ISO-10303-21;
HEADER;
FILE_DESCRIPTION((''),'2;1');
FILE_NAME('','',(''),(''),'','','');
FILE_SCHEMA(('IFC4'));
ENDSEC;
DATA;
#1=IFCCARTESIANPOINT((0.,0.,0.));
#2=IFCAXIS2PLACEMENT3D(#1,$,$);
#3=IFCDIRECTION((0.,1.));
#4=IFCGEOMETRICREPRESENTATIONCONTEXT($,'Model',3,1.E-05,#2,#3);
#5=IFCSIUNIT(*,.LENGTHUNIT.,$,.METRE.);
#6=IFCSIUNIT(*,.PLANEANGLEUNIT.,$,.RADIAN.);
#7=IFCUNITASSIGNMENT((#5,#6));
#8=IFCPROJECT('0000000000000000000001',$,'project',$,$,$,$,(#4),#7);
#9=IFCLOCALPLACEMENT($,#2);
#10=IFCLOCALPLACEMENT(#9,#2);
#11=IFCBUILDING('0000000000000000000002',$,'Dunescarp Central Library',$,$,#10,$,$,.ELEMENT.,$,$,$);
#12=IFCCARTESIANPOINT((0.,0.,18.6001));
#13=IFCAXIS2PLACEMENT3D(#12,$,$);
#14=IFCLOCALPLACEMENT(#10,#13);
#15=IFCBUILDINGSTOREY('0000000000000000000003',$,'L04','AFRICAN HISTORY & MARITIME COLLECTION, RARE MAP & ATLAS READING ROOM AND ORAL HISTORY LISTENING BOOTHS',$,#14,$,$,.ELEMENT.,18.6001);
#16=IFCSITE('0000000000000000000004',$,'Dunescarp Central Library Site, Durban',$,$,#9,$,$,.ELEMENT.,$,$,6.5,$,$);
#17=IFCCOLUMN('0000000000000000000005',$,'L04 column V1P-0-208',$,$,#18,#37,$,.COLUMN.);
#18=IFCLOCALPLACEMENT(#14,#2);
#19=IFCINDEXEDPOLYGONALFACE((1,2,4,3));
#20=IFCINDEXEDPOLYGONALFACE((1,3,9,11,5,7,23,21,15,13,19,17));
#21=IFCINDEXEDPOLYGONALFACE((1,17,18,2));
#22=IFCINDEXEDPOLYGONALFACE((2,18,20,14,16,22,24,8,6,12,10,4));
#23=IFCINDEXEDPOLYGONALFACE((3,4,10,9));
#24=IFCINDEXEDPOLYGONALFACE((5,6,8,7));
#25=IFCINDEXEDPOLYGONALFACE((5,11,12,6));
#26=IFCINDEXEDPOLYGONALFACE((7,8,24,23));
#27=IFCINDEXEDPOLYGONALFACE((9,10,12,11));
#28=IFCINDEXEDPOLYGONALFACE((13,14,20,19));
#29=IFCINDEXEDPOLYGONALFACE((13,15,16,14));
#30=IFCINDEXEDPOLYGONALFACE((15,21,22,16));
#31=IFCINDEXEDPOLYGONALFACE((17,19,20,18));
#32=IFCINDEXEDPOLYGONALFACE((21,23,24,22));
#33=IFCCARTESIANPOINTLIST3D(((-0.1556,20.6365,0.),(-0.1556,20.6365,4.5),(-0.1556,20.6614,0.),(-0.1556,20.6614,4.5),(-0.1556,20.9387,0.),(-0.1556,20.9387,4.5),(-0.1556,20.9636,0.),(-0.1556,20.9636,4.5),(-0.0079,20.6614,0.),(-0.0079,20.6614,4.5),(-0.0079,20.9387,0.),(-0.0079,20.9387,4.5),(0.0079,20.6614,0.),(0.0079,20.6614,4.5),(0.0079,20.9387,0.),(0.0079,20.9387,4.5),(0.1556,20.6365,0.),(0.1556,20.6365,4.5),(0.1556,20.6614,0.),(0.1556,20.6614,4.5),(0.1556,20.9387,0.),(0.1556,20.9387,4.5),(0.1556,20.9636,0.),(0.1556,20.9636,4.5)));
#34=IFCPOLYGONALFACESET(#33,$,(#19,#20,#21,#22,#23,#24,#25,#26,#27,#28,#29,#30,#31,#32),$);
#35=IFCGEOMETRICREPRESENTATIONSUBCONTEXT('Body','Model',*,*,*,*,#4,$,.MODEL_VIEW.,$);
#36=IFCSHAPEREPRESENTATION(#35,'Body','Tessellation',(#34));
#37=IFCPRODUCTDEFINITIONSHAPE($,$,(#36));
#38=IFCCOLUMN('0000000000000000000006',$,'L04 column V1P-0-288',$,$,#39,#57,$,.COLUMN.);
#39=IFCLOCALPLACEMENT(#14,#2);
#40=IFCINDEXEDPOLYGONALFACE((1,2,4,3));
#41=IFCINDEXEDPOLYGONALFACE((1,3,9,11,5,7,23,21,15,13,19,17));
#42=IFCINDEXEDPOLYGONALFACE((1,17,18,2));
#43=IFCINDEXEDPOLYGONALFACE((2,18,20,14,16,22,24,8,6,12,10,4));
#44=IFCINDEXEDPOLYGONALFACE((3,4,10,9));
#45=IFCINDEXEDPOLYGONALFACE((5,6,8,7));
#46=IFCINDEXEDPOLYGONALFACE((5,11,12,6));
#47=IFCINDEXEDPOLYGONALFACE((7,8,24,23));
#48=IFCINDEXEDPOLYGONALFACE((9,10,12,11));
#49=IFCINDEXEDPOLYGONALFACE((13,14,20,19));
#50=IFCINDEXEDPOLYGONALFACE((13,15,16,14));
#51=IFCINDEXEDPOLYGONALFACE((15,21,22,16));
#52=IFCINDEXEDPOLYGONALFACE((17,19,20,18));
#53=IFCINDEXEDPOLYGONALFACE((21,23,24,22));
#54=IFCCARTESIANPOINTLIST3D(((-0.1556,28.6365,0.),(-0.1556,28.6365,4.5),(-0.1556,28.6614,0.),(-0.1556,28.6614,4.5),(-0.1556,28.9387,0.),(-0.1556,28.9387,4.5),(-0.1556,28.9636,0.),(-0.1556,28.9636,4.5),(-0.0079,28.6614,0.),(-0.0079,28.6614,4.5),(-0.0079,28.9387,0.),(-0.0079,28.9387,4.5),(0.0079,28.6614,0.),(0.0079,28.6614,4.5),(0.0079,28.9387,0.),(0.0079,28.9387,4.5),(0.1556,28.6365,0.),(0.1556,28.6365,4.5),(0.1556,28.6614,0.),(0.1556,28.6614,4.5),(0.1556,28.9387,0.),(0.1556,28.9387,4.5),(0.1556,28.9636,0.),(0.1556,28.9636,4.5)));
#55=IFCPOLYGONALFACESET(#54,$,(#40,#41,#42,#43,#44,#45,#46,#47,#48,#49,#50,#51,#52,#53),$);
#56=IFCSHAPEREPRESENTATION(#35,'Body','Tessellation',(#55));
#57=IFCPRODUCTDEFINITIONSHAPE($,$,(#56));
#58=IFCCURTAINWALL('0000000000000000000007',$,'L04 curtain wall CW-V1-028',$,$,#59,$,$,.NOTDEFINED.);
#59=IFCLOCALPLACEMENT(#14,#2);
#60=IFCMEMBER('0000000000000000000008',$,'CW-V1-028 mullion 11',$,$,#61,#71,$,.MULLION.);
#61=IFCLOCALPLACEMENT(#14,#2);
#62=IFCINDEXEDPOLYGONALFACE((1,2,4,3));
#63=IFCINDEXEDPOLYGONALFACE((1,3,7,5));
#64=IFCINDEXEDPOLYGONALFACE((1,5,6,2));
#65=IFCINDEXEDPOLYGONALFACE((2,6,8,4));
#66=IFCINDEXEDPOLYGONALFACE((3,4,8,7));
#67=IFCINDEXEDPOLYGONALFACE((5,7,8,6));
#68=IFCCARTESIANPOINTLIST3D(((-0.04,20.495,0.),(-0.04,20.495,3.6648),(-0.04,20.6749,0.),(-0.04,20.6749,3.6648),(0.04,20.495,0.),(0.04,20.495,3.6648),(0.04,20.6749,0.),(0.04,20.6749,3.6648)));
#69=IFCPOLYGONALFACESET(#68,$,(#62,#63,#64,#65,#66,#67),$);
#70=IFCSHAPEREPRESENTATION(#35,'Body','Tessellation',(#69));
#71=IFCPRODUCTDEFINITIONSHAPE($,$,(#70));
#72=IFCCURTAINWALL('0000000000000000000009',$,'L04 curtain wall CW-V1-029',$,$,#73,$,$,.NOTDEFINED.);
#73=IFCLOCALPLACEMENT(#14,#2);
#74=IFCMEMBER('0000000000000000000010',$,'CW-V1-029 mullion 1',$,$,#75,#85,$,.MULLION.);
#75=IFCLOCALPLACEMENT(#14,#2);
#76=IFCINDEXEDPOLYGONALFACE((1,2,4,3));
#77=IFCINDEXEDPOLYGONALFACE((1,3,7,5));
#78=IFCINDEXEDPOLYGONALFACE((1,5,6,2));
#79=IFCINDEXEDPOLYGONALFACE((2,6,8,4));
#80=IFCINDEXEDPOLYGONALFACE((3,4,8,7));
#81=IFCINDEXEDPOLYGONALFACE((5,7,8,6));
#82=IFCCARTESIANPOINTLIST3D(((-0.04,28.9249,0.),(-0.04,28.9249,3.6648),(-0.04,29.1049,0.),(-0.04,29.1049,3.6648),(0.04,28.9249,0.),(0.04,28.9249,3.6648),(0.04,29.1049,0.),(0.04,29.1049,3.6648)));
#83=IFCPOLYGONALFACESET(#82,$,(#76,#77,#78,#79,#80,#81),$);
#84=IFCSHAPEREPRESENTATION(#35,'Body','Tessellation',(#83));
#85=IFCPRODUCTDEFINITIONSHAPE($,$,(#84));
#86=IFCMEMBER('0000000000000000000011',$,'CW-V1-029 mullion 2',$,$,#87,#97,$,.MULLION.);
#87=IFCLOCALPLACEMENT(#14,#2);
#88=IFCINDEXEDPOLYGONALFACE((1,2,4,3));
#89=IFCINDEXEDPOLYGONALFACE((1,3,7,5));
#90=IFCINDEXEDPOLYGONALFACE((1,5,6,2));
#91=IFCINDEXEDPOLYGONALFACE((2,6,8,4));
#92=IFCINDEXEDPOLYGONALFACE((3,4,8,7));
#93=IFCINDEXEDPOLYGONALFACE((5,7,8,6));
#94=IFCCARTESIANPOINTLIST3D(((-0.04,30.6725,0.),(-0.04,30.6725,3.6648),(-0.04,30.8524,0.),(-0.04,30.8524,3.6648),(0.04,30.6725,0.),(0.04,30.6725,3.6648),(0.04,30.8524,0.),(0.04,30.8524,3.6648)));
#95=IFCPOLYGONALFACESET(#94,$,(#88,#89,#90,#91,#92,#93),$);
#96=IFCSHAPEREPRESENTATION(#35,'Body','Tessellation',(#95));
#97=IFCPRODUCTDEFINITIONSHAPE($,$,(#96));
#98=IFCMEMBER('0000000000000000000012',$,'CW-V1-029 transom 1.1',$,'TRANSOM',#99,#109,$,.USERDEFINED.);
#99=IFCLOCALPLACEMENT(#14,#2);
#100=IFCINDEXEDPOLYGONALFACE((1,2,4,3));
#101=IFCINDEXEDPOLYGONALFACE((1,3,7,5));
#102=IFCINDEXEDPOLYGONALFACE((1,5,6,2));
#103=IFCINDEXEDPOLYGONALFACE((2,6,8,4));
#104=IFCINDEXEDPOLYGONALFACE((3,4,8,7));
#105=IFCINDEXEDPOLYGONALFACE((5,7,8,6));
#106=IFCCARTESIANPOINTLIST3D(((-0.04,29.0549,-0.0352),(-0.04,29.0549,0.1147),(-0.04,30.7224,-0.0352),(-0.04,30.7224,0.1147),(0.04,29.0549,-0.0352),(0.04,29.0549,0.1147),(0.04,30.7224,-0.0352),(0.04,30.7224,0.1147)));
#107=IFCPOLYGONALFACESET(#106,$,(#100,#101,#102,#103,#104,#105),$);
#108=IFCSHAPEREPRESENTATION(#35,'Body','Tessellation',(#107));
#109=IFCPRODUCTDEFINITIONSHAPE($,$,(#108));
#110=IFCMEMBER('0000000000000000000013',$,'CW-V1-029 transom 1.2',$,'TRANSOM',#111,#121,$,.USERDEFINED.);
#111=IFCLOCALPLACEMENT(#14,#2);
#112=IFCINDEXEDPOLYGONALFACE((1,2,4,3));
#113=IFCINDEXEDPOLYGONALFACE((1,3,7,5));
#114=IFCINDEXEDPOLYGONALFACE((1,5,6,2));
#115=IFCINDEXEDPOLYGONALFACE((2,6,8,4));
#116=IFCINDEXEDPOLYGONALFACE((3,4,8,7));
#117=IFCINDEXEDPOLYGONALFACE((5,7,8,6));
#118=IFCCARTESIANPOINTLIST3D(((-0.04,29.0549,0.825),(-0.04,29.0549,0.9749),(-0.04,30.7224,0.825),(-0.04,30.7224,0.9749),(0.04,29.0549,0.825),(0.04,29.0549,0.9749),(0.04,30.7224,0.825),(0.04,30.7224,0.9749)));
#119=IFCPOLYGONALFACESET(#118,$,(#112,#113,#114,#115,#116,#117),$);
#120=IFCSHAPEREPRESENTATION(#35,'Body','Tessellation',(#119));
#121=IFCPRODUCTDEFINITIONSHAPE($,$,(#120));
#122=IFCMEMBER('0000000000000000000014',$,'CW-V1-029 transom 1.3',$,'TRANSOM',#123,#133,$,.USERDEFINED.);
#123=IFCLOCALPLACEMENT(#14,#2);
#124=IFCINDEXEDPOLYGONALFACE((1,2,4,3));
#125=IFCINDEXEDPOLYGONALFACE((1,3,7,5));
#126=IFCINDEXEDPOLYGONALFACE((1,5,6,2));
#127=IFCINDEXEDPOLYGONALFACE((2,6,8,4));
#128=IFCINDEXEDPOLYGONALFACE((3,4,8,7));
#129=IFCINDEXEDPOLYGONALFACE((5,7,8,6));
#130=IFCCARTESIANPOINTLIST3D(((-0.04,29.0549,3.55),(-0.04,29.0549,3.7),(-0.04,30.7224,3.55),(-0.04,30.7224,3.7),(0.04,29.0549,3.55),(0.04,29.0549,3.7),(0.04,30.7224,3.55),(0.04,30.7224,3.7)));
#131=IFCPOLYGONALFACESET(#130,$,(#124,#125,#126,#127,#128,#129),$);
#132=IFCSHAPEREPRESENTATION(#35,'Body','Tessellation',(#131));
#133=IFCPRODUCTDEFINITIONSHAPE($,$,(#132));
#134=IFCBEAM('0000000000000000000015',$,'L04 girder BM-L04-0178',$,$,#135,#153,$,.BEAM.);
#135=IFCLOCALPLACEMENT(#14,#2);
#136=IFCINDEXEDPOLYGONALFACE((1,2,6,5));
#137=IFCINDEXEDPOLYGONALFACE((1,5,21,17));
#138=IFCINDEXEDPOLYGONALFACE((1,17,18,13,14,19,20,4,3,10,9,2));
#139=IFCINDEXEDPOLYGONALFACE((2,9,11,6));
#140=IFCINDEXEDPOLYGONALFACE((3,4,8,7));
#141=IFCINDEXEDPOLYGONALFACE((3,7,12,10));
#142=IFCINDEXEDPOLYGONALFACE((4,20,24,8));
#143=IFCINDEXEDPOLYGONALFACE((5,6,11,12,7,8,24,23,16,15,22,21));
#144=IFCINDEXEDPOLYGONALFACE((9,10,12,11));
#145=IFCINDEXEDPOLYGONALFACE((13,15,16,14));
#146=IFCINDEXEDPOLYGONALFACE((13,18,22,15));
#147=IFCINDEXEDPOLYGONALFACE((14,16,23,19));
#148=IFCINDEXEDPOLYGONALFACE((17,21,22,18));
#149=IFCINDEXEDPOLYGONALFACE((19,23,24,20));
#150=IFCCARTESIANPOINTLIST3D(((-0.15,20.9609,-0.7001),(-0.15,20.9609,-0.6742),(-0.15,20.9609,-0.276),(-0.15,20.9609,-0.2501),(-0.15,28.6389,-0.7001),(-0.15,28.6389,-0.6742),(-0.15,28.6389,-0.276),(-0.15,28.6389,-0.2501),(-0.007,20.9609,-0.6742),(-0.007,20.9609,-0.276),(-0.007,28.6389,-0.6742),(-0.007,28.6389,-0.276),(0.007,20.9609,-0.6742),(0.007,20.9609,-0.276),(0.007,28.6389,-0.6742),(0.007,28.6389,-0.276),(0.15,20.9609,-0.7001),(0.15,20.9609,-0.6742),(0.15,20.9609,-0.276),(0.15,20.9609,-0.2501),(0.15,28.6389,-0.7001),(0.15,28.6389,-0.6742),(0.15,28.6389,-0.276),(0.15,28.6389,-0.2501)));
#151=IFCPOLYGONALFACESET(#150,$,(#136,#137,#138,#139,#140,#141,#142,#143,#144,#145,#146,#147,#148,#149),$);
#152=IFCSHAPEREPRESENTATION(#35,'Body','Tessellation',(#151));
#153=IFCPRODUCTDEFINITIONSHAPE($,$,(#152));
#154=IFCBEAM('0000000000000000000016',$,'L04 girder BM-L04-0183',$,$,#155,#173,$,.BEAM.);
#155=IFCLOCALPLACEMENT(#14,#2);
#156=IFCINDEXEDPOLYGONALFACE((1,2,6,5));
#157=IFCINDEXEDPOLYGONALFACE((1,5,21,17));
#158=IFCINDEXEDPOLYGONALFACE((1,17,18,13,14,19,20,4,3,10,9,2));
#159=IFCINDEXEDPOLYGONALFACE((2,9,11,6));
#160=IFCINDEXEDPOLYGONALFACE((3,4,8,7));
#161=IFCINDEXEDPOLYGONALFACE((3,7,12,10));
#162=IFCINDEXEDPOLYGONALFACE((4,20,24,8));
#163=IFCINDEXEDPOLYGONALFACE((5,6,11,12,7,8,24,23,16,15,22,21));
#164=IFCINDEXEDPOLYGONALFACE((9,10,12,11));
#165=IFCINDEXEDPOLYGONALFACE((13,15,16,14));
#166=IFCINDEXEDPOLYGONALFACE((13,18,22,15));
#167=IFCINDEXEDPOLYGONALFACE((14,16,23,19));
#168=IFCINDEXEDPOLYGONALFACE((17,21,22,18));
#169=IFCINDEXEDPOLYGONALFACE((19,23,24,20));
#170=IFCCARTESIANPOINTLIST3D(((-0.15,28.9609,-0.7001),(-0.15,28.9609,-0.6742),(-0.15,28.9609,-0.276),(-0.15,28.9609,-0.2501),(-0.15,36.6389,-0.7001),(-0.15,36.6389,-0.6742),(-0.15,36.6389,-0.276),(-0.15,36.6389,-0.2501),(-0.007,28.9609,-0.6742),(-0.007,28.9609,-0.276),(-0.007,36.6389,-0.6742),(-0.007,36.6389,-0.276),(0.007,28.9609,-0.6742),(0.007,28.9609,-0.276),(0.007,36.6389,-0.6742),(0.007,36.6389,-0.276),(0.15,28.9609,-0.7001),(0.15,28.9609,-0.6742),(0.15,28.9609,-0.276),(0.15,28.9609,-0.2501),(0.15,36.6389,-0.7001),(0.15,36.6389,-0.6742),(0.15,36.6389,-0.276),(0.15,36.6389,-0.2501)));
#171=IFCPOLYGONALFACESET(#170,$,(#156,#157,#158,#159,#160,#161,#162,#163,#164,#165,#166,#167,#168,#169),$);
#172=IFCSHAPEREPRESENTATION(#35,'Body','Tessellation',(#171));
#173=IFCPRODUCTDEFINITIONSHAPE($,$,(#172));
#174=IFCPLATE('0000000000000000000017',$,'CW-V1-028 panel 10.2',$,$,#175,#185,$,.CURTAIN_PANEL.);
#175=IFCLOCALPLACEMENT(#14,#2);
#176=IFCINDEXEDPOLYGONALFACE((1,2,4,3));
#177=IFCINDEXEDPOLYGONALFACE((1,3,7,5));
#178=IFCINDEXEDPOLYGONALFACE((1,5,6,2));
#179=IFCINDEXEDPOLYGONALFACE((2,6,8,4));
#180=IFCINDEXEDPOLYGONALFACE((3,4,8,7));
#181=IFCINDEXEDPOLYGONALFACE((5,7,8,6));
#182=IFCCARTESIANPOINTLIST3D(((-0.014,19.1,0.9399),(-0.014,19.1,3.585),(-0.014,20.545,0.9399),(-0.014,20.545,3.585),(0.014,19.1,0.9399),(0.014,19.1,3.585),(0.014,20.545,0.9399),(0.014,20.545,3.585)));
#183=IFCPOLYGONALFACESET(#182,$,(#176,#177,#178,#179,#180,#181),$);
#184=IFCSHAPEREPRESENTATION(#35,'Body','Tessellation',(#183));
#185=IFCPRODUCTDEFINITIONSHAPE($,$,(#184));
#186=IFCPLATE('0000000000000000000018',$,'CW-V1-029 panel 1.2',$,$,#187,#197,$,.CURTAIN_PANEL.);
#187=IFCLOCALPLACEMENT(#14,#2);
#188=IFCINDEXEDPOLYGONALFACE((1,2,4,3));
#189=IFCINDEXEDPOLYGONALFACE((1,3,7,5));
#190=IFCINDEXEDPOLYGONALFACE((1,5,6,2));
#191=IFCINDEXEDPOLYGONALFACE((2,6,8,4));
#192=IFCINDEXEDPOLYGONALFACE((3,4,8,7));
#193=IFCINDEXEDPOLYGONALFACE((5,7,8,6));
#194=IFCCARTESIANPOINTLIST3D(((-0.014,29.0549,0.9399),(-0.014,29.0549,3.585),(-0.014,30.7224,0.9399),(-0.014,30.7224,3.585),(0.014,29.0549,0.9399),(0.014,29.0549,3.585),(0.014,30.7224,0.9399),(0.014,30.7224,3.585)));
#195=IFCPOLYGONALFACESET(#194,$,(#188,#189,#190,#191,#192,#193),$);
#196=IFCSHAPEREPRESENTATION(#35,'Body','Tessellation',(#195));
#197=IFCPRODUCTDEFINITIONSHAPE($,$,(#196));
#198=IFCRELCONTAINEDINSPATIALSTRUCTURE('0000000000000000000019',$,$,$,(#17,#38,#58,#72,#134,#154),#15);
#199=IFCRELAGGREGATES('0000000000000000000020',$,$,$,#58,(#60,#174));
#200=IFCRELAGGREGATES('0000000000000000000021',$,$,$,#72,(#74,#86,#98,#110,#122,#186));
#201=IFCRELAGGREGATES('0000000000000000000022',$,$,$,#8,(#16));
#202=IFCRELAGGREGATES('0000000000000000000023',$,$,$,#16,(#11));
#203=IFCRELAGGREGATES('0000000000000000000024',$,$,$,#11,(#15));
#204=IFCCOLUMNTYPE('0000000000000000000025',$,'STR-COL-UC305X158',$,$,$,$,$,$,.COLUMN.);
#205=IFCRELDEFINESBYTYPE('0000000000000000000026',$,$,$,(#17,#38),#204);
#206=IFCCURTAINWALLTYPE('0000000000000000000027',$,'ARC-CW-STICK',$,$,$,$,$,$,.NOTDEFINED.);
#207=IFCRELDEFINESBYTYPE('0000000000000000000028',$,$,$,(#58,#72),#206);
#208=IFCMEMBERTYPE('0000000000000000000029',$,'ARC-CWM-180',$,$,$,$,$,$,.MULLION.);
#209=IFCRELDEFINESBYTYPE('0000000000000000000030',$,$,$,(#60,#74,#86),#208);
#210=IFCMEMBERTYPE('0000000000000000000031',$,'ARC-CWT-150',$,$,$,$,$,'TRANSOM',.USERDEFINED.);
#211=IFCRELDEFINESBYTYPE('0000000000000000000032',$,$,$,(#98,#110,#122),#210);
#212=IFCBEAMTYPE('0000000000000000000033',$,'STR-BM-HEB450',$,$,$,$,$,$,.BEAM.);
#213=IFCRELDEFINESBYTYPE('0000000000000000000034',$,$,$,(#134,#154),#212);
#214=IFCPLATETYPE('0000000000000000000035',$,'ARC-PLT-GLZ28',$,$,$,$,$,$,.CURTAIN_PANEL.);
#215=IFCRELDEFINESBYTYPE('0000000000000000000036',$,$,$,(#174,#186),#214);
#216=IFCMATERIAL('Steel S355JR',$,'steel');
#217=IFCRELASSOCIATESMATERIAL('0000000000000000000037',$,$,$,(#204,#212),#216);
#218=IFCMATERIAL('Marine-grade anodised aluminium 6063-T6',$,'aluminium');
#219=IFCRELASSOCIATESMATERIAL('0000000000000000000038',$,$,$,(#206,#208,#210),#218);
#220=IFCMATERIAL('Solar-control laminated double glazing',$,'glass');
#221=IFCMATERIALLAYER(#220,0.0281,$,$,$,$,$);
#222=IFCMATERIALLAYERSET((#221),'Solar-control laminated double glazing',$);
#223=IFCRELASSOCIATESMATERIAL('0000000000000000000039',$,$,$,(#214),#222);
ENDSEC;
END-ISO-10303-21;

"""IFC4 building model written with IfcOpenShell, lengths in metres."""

from ifc_helpers import new_model, si_unit, direction, frame, origin, origin_2d, place, context, subcontext, project, spatial, rectangle, i_section, extrude, material, layer, layer_set, material_profile, profile_set, type_object, element, aggregate, save


model = new_model("IFC4")

# Units and contexts
model_context = context("Model", 3, precision=1e-05, world=origin(), true_north=direction((0.0, 1.0)))
body_context = subcontext(model_context, "Body", "Model", "MODEL_VIEW")
ifc_project = project(units=[si_unit("LENGTHUNIT", "METRE"), si_unit("PLANEANGLEUNIT", "RADIAN")], contexts=[model_context])

# Site, building, storey
site_placement = place(None, origin())
site = spatial("IfcSite", under=ifc_project, at=site_placement, Name="Dunescarp Central Library Site, Durban", CompositionType="ELEMENT", RefElevation=6.5)
building_placement = place(site_placement, origin())
building = spatial("IfcBuilding", under=site, at=building_placement, Name="Dunescarp Central Library", CompositionType="ELEMENT")
storey_placement = place(building_placement, frame((0.0, 0.0, 18.6001)))
storey = spatial("IfcBuildingStorey", under=building, at=storey_placement, Name="L04", Description="AFRICAN HISTORY & MARITIME COLLECTION, RARE MAP & ATLAS READING ROOM AND ORAL HISTORY LISTENING BOOTHS", CompositionType="ELEMENT", Elevation=18.6001)

# Columns
ifc_material_1 = material(Name="Steel S355JR", Category="steel")
ifc_material_profile_1 = material_profile(ifc_material_1, i_section(OverallWidth=0.3113, OverallDepth=0.3271, WebThickness=0.0159, FlangeThickness=0.0249, at=origin_2d()), Name="UC 305x305x158")
ifc_profile_set_1 = profile_set([ifc_material_profile_1], Name="Steel S355JR")
column_type = type_object("IfcColumnType", Name="STR-COL-UC305X158", PredefinedType="COLUMN", material=ifc_profile_set_1)
for number, where, z_axis, x_axis, name in (
    (1, (0.0, 20.8, 0.0), (0.0, 0.0, 1.0), (1.0, 0.0, 0.0), "L04 column V1P-0-208"),
    (2, (0.0, 28.8, 0.0), (0.0, 0.0, 1.0), (1.0, 0.0, 0.0), "L04 column V1P-0-288"),
):
    element("IfcColumn", number, at=place(storey_placement, frame(where, z_axis=z_axis, x_axis=x_axis)), inside=storey, type_object=column_type, Name=name, PredefinedType="COLUMN", context=body_context, shape_type="SweptSolid", body=[
        extrude(i_section(OverallWidth=0.3113, OverallDepth=0.3271, WebThickness=0.0159, FlangeThickness=0.0249, at=origin_2d()), origin(), (0.0, 0.0, 1.0), 4.5),
    ])

# Curtain wall, member
ifc_material_2 = material(Name="Marine-grade anodised aluminium 6063-T6", Category="aluminium")
curtain_wall_type = type_object("IfcCurtainWallType", Name="ARC-CW-STICK", PredefinedType="NOTDEFINED", material=ifc_material_2)
curtain_wall_1_placement = place(storey_placement, origin())
curtain_wall_1 = element("IfcCurtainWall", 3, at=curtain_wall_1_placement, inside=storey, type_object=curtain_wall_type, Name="L04 curtain wall CW-V1-028", PredefinedType="NOTDEFINED")
ifc_material_profile_2 = material_profile(ifc_material_2, rectangle(XDim=0.0801, YDim=0.1799, at=origin_2d()), Name="AL 80x180")
ifc_profile_set_2 = profile_set([ifc_material_profile_2], Name="Marine-grade anodised aluminium 6063-T6")
member_type_1 = type_object("IfcMemberType", Name="ARC-CWM-180", PredefinedType="MULLION", material=ifc_profile_set_2)
member_1_placement = place(storey_placement, frame((0.0, 20.585, 0.0), z_axis=(0.0, 0.0, 1.0), x_axis=(-1.0, 0.0, 0.0)))
member_1 = element("IfcMember", 4, at=member_1_placement, type_object=member_type_1, Name="CW-V1-028 mullion 11", PredefinedType="MULLION", context=body_context, shape_type="SweptSolid", body=[
    extrude(rectangle(XDim=0.0801, YDim=0.1799, at=origin_2d()), origin(), (0.0, 0.0, 1.0), 3.6648),
])

# Curtain wall, members
curtain_wall_2_placement = place(storey_placement, origin())
curtain_wall_2 = element("IfcCurtainWall", 5, at=curtain_wall_2_placement, inside=storey, type_object=curtain_wall_type, Name="L04 curtain wall CW-V1-029", PredefinedType="NOTDEFINED")
member_2_placement = place(storey_placement, frame((0.0, 29.0149, 0.0), z_axis=(0.0, 0.0, 1.0), x_axis=(-1.0, 0.0, 0.0)))
member_2 = element("IfcMember", 6, at=member_2_placement, type_object=member_type_1, Name="CW-V1-029 mullion 1", PredefinedType="MULLION", context=body_context, shape_type="SweptSolid", body=[
    extrude(rectangle(XDim=0.0801, YDim=0.1799, at=origin_2d()), origin(), (0.0, 0.0, 1.0), 3.6648),
])
member_3_placement = place(storey_placement, frame((0.0, 30.7625, 0.0), z_axis=(0.0, 0.0, 1.0), x_axis=(-1.0, 0.0, 0.0)))
member_3 = element("IfcMember", 7, at=member_3_placement, type_object=member_type_1, Name="CW-V1-029 mullion 2", PredefinedType="MULLION", context=body_context, shape_type="SweptSolid", body=[
    extrude(rectangle(XDim=0.0801, YDim=0.1799, at=origin_2d()), origin(), (0.0, 0.0, 1.0), 3.6648),
])
ifc_material_profile_3 = material_profile(ifc_material_2, rectangle(XDim=0.0801, YDim=0.1499, at=origin_2d()), Name="AL 80x150")
ifc_profile_set_3 = profile_set([ifc_material_profile_3], Name="Marine-grade anodised aluminium 6063-T6")
member_type_2 = type_object("IfcMemberType", Name="ARC-CWT-150", ElementType="TRANSOM", PredefinedType="USERDEFINED", material=ifc_profile_set_3)
member_4_placement = place(storey_placement, frame((0.0, 29.0549, 0.0398), z_axis=(0.0, 1.0, 0.0), x_axis=(-1.0, 0.0, 0.0)))
member_4 = element("IfcMember", 8, at=member_4_placement, type_object=member_type_2, Name="CW-V1-029 transom 1.1", ObjectType="TRANSOM", PredefinedType="USERDEFINED", context=body_context, shape_type="SweptSolid", body=[
    extrude(rectangle(XDim=0.0801, YDim=0.1499, at=origin_2d()), origin(), (0.0, 0.0, 1.0), 1.6675),
])
member_5_placement = place(storey_placement, frame((0.0, 29.0549, 0.8999), z_axis=(0.0, 1.0, 0.0), x_axis=(-1.0, 0.0, 0.0)))
member_5 = element("IfcMember", 9, at=member_5_placement, type_object=member_type_2, Name="CW-V1-029 transom 1.2", ObjectType="TRANSOM", PredefinedType="USERDEFINED", context=body_context, shape_type="SweptSolid", body=[
    extrude(rectangle(XDim=0.0801, YDim=0.1499, at=origin_2d()), origin(), (0.0, 0.0, 1.0), 1.6675),
])
member_6_placement = place(storey_placement, frame((0.0, 29.0549, 3.625), z_axis=(0.0, 1.0, 0.0), x_axis=(-1.0, 0.0, 0.0)))
member_6 = element("IfcMember", 10, at=member_6_placement, type_object=member_type_2, Name="CW-V1-029 transom 1.3", ObjectType="TRANSOM", PredefinedType="USERDEFINED", context=body_context, shape_type="SweptSolid", body=[
    extrude(rectangle(XDim=0.0801, YDim=0.1499, at=origin_2d()), origin(), (0.0, 0.0, 1.0), 1.6675),
])

# Beams
ifc_material_profile_4 = material_profile(ifc_material_1, i_section(OverallWidth=0.3, OverallDepth=0.45, WebThickness=0.0139, FlangeThickness=0.0259, at=origin_2d()), Name="HEB 450")
ifc_profile_set_4 = profile_set([ifc_material_profile_4], Name="Steel S355JR")
beam_type = type_object("IfcBeamType", Name="STR-BM-HEB450", PredefinedType="BEAM", material=ifc_profile_set_4)
for number, where, z_axis, x_axis, name in (
    (11, (0.0, 20.9609, -0.4751), (0.0, 1.0, 0.0), (-1.0, 0.0, 0.0), "L04 girder BM-L04-0178"),
    (12, (0.0, 28.9609, -0.4751), (0.0, 1.0, 0.0), (-1.0, 0.0, 0.0), "L04 girder BM-L04-0183"),
):
    element("IfcBeam", number, at=place(storey_placement, frame(where, z_axis=z_axis, x_axis=x_axis)), inside=storey, type_object=beam_type, Name=name, PredefinedType="BEAM", context=body_context, shape_type="SweptSolid", body=[
        extrude(i_section(OverallWidth=0.3, OverallDepth=0.45, WebThickness=0.0139, FlangeThickness=0.0259, at=origin_2d()), origin(), (0.0, 0.0, 1.0), 7.678),
    ])

# Plates
ifc_material_3 = material(Name="Solar-control laminated double glazing", Category="glass")
ifc_layer_1 = layer(ifc_material_3, 0.0281)
ifc_layer_set_1 = layer_set([ifc_layer_1], Name="Solar-control laminated double glazing")
plate_type_1 = type_object("IfcPlateType", Name="ARC-PLT-GLZ28", PredefinedType="CURTAIN_PANEL", material=ifc_layer_set_1)
plate_1_placement = place(storey_placement, frame((0.0, 19.8225, 0.9399), z_axis=(0.0, 0.0, 1.0), x_axis=(0.0, 1.0, 0.0)))
plate_1 = element("IfcPlate", 13, at=plate_1_placement, type_object=plate_type_1, Name="CW-V1-028 panel 10.2", PredefinedType="CURTAIN_PANEL", context=body_context, shape_type="SweptSolid", body=[
    extrude(rectangle(XDim=1.4451, YDim=0.0281, at=origin_2d()), origin(), (0.0, 0.0, 1.0), 2.645),
])
aggregate(curtain_wall_1, [member_1, plate_1])
plate_2_placement = place(storey_placement, frame((0.0, 29.8887, 0.9399), z_axis=(0.0, 0.0, 1.0), x_axis=(0.0, 1.0, 0.0)))
plate_2 = element("IfcPlate", 14, at=plate_2_placement, type_object=plate_type_1, Name="CW-V1-029 panel 1.2", PredefinedType="CURTAIN_PANEL", context=body_context, shape_type="SweptSolid", body=[
    extrude(rectangle(XDim=1.6675, YDim=0.0281, at=origin_2d()), origin(), (0.0, 0.0, 1.0), 2.645),
])
aggregate(curtain_wall_2, [member_2, member_3, member_4, member_5, member_6, plate_2])

save(model, "model.ifc")
